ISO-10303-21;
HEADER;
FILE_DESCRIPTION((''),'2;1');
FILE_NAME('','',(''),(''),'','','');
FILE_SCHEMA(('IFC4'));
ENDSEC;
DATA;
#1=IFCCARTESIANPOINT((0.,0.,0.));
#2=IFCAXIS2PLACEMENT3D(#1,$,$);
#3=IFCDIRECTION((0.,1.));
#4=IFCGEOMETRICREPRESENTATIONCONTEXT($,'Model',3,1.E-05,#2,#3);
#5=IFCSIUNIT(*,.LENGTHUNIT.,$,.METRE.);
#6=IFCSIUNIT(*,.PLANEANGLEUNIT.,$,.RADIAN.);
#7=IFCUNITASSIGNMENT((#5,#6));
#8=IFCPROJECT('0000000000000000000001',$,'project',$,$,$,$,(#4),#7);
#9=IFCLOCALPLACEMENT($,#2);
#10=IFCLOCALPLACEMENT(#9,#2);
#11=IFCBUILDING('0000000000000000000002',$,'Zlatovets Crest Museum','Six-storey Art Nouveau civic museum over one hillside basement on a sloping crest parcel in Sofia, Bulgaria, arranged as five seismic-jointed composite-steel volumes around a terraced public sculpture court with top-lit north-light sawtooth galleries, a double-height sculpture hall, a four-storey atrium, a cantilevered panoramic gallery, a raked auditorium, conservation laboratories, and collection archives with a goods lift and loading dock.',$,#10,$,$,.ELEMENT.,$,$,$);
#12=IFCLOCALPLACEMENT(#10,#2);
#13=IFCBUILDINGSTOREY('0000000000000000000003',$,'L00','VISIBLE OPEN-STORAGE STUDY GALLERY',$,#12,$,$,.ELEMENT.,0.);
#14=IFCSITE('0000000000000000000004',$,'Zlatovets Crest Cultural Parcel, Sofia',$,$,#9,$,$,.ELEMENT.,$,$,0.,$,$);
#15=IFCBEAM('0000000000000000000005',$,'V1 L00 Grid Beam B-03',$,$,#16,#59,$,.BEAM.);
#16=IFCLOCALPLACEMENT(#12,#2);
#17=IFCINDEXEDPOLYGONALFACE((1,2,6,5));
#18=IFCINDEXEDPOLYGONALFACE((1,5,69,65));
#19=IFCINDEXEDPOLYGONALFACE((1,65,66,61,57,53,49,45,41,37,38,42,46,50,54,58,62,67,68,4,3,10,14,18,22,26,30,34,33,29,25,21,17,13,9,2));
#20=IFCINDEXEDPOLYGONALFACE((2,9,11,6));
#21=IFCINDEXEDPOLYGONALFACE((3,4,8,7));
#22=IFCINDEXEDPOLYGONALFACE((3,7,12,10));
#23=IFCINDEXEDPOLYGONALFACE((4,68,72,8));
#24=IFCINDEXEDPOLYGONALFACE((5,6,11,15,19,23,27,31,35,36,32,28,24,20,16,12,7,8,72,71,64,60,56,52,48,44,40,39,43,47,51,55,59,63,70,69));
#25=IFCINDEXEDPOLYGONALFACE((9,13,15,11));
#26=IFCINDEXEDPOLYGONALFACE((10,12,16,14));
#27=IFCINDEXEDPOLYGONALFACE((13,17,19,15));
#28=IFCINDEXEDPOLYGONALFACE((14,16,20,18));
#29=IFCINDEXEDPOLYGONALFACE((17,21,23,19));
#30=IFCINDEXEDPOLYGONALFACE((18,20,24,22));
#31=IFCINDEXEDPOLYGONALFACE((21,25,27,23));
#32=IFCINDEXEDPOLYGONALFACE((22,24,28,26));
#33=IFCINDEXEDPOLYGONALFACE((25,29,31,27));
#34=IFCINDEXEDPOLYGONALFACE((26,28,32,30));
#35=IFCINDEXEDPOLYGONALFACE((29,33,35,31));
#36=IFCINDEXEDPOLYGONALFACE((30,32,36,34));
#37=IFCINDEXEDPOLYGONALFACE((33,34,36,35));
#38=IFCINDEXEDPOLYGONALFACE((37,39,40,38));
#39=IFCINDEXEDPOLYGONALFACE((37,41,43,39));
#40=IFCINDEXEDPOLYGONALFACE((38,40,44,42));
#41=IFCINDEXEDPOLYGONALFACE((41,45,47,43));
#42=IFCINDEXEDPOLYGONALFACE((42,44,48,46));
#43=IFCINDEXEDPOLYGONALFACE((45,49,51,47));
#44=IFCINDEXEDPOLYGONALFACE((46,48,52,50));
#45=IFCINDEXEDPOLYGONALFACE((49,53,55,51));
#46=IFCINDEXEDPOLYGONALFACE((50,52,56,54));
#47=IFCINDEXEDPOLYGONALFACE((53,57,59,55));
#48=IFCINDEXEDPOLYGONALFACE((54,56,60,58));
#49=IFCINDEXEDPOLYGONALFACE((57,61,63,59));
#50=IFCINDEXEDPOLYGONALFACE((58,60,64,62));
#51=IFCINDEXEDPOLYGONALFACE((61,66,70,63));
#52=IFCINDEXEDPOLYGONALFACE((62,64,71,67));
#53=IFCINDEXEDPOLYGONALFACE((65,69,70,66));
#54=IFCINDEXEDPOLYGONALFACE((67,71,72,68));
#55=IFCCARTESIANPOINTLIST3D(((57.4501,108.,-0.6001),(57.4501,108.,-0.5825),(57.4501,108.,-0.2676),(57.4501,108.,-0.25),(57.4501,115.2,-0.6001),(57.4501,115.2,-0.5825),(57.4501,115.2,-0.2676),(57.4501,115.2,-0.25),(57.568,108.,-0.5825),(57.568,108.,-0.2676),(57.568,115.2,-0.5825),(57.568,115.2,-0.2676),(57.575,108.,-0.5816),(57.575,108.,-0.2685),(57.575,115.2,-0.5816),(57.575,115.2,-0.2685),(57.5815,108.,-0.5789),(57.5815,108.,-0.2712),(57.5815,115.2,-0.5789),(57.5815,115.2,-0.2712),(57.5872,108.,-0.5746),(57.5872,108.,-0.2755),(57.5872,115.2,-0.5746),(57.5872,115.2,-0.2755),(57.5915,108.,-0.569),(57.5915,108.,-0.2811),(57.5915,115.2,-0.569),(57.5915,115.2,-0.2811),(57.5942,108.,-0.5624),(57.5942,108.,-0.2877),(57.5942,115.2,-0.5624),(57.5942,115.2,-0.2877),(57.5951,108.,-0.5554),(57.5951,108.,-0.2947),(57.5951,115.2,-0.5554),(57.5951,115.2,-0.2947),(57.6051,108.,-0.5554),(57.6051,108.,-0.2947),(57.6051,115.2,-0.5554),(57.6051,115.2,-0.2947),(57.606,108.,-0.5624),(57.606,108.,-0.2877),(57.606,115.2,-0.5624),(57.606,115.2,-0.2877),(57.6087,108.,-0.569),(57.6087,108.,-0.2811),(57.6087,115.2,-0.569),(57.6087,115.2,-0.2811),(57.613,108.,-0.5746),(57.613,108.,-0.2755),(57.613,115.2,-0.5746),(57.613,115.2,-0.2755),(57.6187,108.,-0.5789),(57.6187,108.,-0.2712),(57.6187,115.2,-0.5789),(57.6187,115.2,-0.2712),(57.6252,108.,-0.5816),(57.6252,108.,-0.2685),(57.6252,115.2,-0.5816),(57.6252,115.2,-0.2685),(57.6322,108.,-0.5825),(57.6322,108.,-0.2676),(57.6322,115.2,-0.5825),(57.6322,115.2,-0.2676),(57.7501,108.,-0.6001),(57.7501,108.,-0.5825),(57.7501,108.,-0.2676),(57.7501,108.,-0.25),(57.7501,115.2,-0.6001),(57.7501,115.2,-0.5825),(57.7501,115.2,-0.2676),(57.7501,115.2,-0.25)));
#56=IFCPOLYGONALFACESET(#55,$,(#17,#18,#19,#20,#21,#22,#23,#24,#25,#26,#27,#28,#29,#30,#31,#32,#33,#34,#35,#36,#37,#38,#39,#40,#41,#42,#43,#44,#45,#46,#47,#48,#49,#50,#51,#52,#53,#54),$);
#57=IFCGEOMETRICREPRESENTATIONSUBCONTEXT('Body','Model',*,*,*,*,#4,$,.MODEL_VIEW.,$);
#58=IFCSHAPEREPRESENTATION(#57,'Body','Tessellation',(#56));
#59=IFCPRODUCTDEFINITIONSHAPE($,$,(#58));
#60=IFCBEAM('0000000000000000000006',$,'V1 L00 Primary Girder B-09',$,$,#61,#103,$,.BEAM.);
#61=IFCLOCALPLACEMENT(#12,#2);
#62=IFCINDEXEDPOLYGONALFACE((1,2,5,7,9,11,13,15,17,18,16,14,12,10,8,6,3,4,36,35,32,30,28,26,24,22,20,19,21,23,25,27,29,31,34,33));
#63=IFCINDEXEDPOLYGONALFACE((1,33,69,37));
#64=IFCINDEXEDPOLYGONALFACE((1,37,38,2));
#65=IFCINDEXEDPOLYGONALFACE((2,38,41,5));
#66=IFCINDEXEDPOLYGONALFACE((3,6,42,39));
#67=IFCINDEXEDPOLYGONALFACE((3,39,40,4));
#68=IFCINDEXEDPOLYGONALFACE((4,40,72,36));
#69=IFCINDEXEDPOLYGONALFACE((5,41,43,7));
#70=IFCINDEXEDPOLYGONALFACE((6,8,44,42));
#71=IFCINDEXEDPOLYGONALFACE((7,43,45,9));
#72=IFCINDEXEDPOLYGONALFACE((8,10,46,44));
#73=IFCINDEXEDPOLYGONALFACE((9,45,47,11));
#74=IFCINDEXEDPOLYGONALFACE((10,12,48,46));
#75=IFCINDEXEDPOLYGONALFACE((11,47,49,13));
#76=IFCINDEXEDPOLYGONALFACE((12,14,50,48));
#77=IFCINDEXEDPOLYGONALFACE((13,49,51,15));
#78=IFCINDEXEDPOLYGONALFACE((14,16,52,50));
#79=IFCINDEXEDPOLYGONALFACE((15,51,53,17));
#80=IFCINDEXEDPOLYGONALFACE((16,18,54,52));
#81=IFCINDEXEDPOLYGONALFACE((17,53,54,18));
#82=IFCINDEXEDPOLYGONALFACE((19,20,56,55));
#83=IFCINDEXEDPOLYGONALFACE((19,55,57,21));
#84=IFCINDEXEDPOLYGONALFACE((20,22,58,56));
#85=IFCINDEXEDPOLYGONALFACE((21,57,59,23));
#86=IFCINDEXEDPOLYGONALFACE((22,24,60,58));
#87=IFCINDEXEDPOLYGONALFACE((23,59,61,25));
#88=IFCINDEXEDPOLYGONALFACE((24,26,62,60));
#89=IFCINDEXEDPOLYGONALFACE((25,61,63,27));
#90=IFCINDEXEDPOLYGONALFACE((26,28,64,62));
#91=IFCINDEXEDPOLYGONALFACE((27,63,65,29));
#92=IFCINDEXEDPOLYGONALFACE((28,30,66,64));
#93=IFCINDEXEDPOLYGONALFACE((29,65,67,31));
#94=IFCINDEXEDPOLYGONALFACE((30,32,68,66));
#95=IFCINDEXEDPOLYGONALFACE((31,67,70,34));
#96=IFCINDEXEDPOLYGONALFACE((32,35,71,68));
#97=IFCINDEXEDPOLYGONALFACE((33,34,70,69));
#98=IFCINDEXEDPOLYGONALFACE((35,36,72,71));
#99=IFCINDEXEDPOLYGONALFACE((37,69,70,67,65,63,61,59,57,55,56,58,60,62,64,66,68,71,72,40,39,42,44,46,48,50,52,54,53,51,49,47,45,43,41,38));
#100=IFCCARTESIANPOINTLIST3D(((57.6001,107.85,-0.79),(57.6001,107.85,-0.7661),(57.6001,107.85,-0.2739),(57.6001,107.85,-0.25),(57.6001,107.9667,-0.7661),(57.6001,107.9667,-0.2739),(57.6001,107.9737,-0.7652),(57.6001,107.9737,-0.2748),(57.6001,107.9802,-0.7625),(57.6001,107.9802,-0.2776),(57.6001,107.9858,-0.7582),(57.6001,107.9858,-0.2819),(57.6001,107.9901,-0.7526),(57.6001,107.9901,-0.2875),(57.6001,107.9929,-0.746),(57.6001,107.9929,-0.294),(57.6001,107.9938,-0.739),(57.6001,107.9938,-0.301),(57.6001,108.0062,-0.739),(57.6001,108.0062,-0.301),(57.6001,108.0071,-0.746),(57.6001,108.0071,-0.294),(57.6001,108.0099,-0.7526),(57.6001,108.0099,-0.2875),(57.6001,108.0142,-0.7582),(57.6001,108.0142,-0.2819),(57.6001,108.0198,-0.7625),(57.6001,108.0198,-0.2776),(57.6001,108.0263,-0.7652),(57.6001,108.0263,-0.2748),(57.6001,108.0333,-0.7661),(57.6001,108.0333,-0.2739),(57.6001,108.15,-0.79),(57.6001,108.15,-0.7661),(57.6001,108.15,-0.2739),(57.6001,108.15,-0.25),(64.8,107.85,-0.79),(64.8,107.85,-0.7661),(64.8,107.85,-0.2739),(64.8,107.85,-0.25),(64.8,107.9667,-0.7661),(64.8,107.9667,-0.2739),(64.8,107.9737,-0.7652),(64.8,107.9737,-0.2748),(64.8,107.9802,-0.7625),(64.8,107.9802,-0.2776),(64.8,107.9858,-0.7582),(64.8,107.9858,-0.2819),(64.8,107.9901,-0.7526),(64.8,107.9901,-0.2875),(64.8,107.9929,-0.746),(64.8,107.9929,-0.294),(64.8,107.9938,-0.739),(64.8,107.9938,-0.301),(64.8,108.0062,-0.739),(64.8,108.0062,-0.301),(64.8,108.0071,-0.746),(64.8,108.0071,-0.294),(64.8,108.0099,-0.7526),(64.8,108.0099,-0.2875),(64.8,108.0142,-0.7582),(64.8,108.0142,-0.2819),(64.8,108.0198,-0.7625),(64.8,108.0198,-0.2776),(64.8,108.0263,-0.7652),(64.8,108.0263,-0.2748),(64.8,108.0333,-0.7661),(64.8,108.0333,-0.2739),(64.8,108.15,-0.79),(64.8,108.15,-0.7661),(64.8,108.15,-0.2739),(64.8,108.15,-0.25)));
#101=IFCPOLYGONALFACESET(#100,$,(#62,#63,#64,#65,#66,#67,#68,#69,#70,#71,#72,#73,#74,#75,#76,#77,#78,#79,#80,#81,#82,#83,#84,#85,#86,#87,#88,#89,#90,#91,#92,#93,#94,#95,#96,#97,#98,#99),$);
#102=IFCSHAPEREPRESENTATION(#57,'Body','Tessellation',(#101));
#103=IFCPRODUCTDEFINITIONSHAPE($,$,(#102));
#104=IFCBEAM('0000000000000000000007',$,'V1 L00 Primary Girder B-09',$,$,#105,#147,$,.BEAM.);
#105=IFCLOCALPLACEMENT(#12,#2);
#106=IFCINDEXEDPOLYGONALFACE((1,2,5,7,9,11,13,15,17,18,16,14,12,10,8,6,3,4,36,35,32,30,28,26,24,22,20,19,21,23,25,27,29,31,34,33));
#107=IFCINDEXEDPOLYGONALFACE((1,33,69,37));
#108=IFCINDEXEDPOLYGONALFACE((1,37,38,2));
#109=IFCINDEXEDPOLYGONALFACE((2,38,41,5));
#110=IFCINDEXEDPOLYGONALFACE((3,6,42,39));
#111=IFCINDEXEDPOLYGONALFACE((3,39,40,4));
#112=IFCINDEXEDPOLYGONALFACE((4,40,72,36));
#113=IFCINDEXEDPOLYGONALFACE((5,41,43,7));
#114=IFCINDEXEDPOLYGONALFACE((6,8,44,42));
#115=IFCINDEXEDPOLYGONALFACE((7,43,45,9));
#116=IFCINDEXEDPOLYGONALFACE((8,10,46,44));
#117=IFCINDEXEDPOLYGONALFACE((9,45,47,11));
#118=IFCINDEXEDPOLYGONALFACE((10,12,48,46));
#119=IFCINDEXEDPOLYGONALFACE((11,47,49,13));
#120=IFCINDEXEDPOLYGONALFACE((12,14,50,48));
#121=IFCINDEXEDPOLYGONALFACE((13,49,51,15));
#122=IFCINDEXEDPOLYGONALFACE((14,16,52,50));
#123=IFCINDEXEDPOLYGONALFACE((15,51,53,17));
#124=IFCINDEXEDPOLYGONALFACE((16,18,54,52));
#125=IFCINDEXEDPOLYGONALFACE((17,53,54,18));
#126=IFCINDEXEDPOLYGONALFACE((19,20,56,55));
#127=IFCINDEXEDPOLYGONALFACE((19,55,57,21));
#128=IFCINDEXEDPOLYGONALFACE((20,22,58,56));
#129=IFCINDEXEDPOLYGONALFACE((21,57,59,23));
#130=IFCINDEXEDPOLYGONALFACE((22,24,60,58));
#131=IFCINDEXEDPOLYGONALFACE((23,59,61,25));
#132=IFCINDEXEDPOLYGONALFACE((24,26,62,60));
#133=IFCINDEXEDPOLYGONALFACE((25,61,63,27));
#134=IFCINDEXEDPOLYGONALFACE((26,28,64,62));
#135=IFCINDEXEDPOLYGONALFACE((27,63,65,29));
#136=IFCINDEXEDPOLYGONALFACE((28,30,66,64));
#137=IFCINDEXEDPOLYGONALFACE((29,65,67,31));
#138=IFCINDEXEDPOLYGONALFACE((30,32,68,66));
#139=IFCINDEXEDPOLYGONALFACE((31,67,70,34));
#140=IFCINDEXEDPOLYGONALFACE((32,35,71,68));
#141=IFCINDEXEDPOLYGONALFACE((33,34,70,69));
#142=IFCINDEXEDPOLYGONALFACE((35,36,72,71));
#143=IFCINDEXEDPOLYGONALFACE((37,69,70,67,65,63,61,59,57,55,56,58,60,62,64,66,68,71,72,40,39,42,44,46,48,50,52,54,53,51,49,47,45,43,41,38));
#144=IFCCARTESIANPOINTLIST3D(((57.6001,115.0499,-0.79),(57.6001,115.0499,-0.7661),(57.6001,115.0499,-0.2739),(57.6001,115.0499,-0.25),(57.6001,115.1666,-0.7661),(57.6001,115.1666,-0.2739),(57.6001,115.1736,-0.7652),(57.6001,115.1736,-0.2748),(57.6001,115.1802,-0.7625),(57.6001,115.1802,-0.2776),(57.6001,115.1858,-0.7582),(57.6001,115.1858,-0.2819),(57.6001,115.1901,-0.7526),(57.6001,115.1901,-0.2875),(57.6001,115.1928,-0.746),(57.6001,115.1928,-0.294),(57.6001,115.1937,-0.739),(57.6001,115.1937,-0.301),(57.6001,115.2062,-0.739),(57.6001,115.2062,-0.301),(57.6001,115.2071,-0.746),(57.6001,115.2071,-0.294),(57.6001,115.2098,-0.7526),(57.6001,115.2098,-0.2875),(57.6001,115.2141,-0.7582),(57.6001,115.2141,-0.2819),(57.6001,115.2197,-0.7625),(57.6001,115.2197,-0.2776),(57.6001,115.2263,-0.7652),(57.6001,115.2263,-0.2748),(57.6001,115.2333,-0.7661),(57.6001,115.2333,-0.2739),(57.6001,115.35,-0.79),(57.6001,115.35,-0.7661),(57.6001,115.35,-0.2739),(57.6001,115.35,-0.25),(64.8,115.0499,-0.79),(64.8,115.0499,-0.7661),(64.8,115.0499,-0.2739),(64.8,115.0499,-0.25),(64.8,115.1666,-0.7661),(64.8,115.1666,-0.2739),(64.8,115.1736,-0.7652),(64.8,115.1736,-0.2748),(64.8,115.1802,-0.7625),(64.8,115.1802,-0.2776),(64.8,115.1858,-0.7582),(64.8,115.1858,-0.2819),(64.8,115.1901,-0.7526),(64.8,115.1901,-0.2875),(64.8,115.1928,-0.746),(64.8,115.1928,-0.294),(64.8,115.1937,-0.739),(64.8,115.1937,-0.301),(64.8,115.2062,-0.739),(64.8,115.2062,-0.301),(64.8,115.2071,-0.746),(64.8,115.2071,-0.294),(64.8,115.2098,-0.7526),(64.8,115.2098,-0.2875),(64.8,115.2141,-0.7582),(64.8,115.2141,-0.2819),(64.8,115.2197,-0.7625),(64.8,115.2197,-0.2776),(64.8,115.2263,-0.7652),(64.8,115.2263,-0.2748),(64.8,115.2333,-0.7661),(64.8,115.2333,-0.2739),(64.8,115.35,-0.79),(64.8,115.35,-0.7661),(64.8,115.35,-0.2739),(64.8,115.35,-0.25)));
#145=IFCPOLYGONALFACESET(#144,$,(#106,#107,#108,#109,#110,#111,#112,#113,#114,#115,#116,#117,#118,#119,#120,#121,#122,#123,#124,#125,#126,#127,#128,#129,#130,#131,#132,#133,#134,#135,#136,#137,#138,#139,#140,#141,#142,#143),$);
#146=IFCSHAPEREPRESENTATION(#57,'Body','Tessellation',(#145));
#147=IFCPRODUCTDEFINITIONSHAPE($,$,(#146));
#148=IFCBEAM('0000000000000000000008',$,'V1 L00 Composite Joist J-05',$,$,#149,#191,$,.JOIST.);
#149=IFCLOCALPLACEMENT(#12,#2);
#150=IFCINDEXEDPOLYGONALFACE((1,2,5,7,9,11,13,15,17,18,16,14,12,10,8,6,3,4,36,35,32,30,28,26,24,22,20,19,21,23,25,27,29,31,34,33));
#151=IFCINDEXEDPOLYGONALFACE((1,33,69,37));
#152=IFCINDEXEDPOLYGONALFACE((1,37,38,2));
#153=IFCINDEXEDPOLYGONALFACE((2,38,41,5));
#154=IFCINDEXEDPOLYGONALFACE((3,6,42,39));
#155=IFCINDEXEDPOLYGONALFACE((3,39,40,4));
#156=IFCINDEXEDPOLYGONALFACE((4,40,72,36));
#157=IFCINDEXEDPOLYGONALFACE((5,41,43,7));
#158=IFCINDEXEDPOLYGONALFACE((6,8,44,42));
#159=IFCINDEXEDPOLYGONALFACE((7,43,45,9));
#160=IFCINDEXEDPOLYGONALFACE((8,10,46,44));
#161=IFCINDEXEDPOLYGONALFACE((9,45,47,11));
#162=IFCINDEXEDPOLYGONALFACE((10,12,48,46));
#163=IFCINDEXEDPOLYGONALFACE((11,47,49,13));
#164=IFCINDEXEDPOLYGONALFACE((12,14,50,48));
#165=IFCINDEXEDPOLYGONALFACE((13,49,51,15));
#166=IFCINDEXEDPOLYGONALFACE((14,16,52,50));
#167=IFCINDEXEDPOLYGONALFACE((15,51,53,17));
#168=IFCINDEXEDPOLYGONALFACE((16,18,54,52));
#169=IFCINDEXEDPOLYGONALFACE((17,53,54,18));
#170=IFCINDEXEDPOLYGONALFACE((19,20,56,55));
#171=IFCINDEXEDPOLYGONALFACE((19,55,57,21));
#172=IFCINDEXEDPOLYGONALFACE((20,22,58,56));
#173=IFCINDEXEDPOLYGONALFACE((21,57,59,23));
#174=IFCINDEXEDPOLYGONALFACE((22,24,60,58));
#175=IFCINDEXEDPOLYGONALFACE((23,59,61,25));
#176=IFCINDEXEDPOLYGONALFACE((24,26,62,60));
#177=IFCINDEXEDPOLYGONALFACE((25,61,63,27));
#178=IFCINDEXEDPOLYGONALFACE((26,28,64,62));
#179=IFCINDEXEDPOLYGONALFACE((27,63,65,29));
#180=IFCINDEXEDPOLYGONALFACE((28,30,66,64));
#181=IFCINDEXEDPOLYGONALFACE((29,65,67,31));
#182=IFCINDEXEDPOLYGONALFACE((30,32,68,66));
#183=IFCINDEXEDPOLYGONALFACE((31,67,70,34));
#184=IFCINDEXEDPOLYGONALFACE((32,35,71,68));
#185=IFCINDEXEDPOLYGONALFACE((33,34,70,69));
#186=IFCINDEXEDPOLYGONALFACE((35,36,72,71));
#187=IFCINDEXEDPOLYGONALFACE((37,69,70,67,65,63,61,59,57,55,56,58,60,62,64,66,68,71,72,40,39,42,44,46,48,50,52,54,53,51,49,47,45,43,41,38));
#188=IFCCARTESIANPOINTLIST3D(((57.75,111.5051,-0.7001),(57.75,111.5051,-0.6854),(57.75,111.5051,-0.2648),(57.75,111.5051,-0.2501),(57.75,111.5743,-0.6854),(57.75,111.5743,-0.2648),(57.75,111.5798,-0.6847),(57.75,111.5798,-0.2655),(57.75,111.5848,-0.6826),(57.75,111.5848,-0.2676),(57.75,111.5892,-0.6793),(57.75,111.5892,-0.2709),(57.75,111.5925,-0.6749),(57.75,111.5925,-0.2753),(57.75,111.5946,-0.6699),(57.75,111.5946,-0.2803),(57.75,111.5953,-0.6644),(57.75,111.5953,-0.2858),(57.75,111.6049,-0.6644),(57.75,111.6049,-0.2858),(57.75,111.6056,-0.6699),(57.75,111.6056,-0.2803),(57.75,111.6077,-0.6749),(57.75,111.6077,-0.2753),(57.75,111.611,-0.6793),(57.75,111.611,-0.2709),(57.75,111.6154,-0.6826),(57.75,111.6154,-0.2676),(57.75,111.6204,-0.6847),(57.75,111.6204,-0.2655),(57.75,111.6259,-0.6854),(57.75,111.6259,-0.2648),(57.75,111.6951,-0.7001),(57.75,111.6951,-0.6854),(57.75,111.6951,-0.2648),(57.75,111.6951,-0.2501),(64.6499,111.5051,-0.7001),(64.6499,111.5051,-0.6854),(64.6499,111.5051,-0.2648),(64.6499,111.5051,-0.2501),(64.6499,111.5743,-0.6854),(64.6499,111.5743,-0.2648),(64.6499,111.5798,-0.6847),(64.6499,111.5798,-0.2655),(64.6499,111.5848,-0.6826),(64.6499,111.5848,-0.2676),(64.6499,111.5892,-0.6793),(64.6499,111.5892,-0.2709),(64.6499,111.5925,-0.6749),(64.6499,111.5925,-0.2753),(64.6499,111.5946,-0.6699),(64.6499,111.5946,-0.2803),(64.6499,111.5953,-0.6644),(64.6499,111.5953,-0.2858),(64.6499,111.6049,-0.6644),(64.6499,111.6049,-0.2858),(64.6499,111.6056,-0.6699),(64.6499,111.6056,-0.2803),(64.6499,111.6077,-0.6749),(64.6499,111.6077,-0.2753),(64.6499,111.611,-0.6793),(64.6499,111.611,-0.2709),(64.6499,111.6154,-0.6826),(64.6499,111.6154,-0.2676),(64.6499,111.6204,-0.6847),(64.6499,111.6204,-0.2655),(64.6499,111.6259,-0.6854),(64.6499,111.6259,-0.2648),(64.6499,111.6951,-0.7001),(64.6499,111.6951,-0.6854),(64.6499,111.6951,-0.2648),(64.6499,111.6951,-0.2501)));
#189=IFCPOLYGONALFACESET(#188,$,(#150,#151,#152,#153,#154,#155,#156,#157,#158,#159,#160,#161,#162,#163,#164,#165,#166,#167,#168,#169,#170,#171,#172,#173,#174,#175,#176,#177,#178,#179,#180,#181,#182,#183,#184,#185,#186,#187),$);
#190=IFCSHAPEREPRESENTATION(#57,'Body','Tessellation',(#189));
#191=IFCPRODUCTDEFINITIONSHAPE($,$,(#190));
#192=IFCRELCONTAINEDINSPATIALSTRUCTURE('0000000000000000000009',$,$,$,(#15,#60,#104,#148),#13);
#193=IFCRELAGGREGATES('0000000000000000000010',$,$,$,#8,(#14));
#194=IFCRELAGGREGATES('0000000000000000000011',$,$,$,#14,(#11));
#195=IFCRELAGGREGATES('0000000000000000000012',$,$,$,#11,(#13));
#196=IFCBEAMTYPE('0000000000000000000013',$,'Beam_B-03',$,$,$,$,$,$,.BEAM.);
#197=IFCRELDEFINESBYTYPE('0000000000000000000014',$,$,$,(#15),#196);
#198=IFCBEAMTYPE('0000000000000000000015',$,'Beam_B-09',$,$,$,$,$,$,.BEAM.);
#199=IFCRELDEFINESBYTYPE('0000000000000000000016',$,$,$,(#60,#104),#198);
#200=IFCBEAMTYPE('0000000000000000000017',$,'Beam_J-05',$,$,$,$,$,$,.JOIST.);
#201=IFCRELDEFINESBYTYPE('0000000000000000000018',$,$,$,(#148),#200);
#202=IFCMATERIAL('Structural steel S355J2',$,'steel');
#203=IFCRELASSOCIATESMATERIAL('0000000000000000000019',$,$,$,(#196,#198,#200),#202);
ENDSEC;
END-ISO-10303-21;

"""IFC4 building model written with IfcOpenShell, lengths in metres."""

from ifc_helpers import new_model, si_unit, direction, frame, origin, origin_2d, place, context, subcontext, project, spatial, i_section, extrude, material, material_profile, profile_set, type_object, element, save


model = new_model("IFC4")

# Units and contexts
model_context = context("Model", 3, precision=1e-05, world=origin(), true_north=direction((0.0, 1.0)))
body_context = subcontext(model_context, "Body", "Model", "MODEL_VIEW")
ifc_project = project(units=[si_unit("LENGTHUNIT", "METRE"), si_unit("PLANEANGLEUNIT", "RADIAN")], contexts=[model_context])

# Site, building, storey
site_placement = place(None, origin())
site = spatial("IfcSite", under=ifc_project, at=site_placement, Name="Zlatovets Crest Cultural Parcel, Sofia", CompositionType="ELEMENT", RefElevation=0.0)
building_placement = place(site_placement, origin())
building = spatial("IfcBuilding", under=site, at=building_placement, Name="Zlatovets Crest Museum", Description="Six-storey Art Nouveau civic museum over one hillside basement on a sloping crest parcel in Sofia, Bulgaria, arranged as five seismic-jointed composite-steel volumes around a terraced public sculpture court with top-lit north-light sawtooth galleries, a double-height sculpture hall, a four-storey atrium, a cantilevered panoramic gallery, a raked auditorium, conservation laboratories, and collection archives with a goods lift and loading dock.", CompositionType="ELEMENT")
storey_placement = place(building_placement, origin())
storey = spatial("IfcBuildingStorey", under=building, at=storey_placement, Name="L00", Description="VISIBLE OPEN-STORAGE STUDY GALLERY", CompositionType="ELEMENT", Elevation=0.0)

# Shared definitions
ifc_material_1 = material(Name="Structural steel S355J2", Category="steel")

# Beams
ifc_material_profile_1 = material_profile(ifc_material_1, i_section(OverallWidth=0.3, OverallDepth=0.3501, WebThickness=0.01, FlangeThickness=0.0176, FilletRadius=0.0271, at=origin_2d()), Name="HEA 360")
ifc_profile_set_1 = profile_set([ifc_material_profile_1], Name="Structural steel S355J2")
beam_type_1 = type_object("IfcBeamType", Name="Beam_B-03", PredefinedType="BEAM", material=ifc_profile_set_1)
for number, where, z_axis, x_axis, name in (
    (1, (57.6001, 108.0, -0.425), (0.0, 1.0, 0.0), (-1.0, 0.0, 0.0), "V1 L00 Grid Beam B-03"),
):
    element("IfcBeam", number, at=place(storey_placement, frame(where, z_axis=z_axis, x_axis=x_axis)), inside=storey, type_object=beam_type_1, Name=name, PredefinedType="BEAM", context=body_context, shape_type="SweptSolid", body=[
        extrude(i_section(OverallWidth=0.3, OverallDepth=0.3501, WebThickness=0.01, FlangeThickness=0.0176, FilletRadius=0.0271, at=origin_2d()), origin(), (0.0, 0.0, 1.0), 7.2),
    ])
ifc_material_profile_2 = material_profile(ifc_material_1, i_section(OverallWidth=0.3, OverallDepth=0.54, WebThickness=0.0125, FlangeThickness=0.0239, FilletRadius=0.0271, at=origin_2d()), Name="HEA 550")
ifc_profile_set_2 = profile_set([ifc_material_profile_2], Name="Structural steel S355J2")
beam_type_2 = type_object("IfcBeamType", Name="Beam_B-09", PredefinedType="BEAM", material=ifc_profile_set_2)
for number, where, z_axis, x_axis, name in (
    (2, (57.6001, 108.0, -0.52), (1.0, 0.0, 0.0), (0.0, 1.0, 0.0), "V1 L00 Primary Girder B-09"),
    (3, (57.6001, 115.2, -0.52), (1.0, 0.0, 0.0), (0.0, 1.0, 0.0), "V1 L00 Primary Girder B-09"),
):
    element("IfcBeam", number, at=place(storey_placement, frame(where, z_axis=z_axis, x_axis=x_axis)), inside=storey, type_object=beam_type_2, Name=name, PredefinedType="BEAM", context=body_context, shape_type="SweptSolid", body=[
        extrude(i_section(OverallWidth=0.3, OverallDepth=0.54, WebThickness=0.0125, FlangeThickness=0.0239, FilletRadius=0.0271, at=origin_2d()), origin(), (0.0, 0.0, 1.0), 7.2),
    ])
ifc_material_profile_3 = material_profile(ifc_material_1, i_section(OverallWidth=0.1899, OverallDepth=0.45, WebThickness=0.0095, FlangeThickness=0.0146, FilletRadius=0.021, at=origin_2d()), Name="IPE 450")
ifc_profile_set_3 = profile_set([ifc_material_profile_3], Name="Structural steel S355J2")
beam_type_3 = type_object("IfcBeamType", Name="Beam_J-05", PredefinedType="JOIST", material=ifc_profile_set_3)
beam_placement = place(storey_placement, frame((57.75, 111.6001, -0.4751), z_axis=(1.0, 0.0, 0.0), x_axis=(0.0, 1.0, 0.0)))
element("IfcBeam", 4, at=beam_placement, inside=storey, type_object=beam_type_3, Name="V1 L00 Composite Joist J-05", PredefinedType="JOIST", context=body_context, shape_type="SweptSolid", body=[
    extrude(i_section(OverallWidth=0.1899, OverallDepth=0.45, WebThickness=0.0095, FlangeThickness=0.0146, FilletRadius=0.021, at=origin_2d()), origin(), (0.0, 0.0, 1.0), 6.8999),
])

save(model, "model.ifc")
